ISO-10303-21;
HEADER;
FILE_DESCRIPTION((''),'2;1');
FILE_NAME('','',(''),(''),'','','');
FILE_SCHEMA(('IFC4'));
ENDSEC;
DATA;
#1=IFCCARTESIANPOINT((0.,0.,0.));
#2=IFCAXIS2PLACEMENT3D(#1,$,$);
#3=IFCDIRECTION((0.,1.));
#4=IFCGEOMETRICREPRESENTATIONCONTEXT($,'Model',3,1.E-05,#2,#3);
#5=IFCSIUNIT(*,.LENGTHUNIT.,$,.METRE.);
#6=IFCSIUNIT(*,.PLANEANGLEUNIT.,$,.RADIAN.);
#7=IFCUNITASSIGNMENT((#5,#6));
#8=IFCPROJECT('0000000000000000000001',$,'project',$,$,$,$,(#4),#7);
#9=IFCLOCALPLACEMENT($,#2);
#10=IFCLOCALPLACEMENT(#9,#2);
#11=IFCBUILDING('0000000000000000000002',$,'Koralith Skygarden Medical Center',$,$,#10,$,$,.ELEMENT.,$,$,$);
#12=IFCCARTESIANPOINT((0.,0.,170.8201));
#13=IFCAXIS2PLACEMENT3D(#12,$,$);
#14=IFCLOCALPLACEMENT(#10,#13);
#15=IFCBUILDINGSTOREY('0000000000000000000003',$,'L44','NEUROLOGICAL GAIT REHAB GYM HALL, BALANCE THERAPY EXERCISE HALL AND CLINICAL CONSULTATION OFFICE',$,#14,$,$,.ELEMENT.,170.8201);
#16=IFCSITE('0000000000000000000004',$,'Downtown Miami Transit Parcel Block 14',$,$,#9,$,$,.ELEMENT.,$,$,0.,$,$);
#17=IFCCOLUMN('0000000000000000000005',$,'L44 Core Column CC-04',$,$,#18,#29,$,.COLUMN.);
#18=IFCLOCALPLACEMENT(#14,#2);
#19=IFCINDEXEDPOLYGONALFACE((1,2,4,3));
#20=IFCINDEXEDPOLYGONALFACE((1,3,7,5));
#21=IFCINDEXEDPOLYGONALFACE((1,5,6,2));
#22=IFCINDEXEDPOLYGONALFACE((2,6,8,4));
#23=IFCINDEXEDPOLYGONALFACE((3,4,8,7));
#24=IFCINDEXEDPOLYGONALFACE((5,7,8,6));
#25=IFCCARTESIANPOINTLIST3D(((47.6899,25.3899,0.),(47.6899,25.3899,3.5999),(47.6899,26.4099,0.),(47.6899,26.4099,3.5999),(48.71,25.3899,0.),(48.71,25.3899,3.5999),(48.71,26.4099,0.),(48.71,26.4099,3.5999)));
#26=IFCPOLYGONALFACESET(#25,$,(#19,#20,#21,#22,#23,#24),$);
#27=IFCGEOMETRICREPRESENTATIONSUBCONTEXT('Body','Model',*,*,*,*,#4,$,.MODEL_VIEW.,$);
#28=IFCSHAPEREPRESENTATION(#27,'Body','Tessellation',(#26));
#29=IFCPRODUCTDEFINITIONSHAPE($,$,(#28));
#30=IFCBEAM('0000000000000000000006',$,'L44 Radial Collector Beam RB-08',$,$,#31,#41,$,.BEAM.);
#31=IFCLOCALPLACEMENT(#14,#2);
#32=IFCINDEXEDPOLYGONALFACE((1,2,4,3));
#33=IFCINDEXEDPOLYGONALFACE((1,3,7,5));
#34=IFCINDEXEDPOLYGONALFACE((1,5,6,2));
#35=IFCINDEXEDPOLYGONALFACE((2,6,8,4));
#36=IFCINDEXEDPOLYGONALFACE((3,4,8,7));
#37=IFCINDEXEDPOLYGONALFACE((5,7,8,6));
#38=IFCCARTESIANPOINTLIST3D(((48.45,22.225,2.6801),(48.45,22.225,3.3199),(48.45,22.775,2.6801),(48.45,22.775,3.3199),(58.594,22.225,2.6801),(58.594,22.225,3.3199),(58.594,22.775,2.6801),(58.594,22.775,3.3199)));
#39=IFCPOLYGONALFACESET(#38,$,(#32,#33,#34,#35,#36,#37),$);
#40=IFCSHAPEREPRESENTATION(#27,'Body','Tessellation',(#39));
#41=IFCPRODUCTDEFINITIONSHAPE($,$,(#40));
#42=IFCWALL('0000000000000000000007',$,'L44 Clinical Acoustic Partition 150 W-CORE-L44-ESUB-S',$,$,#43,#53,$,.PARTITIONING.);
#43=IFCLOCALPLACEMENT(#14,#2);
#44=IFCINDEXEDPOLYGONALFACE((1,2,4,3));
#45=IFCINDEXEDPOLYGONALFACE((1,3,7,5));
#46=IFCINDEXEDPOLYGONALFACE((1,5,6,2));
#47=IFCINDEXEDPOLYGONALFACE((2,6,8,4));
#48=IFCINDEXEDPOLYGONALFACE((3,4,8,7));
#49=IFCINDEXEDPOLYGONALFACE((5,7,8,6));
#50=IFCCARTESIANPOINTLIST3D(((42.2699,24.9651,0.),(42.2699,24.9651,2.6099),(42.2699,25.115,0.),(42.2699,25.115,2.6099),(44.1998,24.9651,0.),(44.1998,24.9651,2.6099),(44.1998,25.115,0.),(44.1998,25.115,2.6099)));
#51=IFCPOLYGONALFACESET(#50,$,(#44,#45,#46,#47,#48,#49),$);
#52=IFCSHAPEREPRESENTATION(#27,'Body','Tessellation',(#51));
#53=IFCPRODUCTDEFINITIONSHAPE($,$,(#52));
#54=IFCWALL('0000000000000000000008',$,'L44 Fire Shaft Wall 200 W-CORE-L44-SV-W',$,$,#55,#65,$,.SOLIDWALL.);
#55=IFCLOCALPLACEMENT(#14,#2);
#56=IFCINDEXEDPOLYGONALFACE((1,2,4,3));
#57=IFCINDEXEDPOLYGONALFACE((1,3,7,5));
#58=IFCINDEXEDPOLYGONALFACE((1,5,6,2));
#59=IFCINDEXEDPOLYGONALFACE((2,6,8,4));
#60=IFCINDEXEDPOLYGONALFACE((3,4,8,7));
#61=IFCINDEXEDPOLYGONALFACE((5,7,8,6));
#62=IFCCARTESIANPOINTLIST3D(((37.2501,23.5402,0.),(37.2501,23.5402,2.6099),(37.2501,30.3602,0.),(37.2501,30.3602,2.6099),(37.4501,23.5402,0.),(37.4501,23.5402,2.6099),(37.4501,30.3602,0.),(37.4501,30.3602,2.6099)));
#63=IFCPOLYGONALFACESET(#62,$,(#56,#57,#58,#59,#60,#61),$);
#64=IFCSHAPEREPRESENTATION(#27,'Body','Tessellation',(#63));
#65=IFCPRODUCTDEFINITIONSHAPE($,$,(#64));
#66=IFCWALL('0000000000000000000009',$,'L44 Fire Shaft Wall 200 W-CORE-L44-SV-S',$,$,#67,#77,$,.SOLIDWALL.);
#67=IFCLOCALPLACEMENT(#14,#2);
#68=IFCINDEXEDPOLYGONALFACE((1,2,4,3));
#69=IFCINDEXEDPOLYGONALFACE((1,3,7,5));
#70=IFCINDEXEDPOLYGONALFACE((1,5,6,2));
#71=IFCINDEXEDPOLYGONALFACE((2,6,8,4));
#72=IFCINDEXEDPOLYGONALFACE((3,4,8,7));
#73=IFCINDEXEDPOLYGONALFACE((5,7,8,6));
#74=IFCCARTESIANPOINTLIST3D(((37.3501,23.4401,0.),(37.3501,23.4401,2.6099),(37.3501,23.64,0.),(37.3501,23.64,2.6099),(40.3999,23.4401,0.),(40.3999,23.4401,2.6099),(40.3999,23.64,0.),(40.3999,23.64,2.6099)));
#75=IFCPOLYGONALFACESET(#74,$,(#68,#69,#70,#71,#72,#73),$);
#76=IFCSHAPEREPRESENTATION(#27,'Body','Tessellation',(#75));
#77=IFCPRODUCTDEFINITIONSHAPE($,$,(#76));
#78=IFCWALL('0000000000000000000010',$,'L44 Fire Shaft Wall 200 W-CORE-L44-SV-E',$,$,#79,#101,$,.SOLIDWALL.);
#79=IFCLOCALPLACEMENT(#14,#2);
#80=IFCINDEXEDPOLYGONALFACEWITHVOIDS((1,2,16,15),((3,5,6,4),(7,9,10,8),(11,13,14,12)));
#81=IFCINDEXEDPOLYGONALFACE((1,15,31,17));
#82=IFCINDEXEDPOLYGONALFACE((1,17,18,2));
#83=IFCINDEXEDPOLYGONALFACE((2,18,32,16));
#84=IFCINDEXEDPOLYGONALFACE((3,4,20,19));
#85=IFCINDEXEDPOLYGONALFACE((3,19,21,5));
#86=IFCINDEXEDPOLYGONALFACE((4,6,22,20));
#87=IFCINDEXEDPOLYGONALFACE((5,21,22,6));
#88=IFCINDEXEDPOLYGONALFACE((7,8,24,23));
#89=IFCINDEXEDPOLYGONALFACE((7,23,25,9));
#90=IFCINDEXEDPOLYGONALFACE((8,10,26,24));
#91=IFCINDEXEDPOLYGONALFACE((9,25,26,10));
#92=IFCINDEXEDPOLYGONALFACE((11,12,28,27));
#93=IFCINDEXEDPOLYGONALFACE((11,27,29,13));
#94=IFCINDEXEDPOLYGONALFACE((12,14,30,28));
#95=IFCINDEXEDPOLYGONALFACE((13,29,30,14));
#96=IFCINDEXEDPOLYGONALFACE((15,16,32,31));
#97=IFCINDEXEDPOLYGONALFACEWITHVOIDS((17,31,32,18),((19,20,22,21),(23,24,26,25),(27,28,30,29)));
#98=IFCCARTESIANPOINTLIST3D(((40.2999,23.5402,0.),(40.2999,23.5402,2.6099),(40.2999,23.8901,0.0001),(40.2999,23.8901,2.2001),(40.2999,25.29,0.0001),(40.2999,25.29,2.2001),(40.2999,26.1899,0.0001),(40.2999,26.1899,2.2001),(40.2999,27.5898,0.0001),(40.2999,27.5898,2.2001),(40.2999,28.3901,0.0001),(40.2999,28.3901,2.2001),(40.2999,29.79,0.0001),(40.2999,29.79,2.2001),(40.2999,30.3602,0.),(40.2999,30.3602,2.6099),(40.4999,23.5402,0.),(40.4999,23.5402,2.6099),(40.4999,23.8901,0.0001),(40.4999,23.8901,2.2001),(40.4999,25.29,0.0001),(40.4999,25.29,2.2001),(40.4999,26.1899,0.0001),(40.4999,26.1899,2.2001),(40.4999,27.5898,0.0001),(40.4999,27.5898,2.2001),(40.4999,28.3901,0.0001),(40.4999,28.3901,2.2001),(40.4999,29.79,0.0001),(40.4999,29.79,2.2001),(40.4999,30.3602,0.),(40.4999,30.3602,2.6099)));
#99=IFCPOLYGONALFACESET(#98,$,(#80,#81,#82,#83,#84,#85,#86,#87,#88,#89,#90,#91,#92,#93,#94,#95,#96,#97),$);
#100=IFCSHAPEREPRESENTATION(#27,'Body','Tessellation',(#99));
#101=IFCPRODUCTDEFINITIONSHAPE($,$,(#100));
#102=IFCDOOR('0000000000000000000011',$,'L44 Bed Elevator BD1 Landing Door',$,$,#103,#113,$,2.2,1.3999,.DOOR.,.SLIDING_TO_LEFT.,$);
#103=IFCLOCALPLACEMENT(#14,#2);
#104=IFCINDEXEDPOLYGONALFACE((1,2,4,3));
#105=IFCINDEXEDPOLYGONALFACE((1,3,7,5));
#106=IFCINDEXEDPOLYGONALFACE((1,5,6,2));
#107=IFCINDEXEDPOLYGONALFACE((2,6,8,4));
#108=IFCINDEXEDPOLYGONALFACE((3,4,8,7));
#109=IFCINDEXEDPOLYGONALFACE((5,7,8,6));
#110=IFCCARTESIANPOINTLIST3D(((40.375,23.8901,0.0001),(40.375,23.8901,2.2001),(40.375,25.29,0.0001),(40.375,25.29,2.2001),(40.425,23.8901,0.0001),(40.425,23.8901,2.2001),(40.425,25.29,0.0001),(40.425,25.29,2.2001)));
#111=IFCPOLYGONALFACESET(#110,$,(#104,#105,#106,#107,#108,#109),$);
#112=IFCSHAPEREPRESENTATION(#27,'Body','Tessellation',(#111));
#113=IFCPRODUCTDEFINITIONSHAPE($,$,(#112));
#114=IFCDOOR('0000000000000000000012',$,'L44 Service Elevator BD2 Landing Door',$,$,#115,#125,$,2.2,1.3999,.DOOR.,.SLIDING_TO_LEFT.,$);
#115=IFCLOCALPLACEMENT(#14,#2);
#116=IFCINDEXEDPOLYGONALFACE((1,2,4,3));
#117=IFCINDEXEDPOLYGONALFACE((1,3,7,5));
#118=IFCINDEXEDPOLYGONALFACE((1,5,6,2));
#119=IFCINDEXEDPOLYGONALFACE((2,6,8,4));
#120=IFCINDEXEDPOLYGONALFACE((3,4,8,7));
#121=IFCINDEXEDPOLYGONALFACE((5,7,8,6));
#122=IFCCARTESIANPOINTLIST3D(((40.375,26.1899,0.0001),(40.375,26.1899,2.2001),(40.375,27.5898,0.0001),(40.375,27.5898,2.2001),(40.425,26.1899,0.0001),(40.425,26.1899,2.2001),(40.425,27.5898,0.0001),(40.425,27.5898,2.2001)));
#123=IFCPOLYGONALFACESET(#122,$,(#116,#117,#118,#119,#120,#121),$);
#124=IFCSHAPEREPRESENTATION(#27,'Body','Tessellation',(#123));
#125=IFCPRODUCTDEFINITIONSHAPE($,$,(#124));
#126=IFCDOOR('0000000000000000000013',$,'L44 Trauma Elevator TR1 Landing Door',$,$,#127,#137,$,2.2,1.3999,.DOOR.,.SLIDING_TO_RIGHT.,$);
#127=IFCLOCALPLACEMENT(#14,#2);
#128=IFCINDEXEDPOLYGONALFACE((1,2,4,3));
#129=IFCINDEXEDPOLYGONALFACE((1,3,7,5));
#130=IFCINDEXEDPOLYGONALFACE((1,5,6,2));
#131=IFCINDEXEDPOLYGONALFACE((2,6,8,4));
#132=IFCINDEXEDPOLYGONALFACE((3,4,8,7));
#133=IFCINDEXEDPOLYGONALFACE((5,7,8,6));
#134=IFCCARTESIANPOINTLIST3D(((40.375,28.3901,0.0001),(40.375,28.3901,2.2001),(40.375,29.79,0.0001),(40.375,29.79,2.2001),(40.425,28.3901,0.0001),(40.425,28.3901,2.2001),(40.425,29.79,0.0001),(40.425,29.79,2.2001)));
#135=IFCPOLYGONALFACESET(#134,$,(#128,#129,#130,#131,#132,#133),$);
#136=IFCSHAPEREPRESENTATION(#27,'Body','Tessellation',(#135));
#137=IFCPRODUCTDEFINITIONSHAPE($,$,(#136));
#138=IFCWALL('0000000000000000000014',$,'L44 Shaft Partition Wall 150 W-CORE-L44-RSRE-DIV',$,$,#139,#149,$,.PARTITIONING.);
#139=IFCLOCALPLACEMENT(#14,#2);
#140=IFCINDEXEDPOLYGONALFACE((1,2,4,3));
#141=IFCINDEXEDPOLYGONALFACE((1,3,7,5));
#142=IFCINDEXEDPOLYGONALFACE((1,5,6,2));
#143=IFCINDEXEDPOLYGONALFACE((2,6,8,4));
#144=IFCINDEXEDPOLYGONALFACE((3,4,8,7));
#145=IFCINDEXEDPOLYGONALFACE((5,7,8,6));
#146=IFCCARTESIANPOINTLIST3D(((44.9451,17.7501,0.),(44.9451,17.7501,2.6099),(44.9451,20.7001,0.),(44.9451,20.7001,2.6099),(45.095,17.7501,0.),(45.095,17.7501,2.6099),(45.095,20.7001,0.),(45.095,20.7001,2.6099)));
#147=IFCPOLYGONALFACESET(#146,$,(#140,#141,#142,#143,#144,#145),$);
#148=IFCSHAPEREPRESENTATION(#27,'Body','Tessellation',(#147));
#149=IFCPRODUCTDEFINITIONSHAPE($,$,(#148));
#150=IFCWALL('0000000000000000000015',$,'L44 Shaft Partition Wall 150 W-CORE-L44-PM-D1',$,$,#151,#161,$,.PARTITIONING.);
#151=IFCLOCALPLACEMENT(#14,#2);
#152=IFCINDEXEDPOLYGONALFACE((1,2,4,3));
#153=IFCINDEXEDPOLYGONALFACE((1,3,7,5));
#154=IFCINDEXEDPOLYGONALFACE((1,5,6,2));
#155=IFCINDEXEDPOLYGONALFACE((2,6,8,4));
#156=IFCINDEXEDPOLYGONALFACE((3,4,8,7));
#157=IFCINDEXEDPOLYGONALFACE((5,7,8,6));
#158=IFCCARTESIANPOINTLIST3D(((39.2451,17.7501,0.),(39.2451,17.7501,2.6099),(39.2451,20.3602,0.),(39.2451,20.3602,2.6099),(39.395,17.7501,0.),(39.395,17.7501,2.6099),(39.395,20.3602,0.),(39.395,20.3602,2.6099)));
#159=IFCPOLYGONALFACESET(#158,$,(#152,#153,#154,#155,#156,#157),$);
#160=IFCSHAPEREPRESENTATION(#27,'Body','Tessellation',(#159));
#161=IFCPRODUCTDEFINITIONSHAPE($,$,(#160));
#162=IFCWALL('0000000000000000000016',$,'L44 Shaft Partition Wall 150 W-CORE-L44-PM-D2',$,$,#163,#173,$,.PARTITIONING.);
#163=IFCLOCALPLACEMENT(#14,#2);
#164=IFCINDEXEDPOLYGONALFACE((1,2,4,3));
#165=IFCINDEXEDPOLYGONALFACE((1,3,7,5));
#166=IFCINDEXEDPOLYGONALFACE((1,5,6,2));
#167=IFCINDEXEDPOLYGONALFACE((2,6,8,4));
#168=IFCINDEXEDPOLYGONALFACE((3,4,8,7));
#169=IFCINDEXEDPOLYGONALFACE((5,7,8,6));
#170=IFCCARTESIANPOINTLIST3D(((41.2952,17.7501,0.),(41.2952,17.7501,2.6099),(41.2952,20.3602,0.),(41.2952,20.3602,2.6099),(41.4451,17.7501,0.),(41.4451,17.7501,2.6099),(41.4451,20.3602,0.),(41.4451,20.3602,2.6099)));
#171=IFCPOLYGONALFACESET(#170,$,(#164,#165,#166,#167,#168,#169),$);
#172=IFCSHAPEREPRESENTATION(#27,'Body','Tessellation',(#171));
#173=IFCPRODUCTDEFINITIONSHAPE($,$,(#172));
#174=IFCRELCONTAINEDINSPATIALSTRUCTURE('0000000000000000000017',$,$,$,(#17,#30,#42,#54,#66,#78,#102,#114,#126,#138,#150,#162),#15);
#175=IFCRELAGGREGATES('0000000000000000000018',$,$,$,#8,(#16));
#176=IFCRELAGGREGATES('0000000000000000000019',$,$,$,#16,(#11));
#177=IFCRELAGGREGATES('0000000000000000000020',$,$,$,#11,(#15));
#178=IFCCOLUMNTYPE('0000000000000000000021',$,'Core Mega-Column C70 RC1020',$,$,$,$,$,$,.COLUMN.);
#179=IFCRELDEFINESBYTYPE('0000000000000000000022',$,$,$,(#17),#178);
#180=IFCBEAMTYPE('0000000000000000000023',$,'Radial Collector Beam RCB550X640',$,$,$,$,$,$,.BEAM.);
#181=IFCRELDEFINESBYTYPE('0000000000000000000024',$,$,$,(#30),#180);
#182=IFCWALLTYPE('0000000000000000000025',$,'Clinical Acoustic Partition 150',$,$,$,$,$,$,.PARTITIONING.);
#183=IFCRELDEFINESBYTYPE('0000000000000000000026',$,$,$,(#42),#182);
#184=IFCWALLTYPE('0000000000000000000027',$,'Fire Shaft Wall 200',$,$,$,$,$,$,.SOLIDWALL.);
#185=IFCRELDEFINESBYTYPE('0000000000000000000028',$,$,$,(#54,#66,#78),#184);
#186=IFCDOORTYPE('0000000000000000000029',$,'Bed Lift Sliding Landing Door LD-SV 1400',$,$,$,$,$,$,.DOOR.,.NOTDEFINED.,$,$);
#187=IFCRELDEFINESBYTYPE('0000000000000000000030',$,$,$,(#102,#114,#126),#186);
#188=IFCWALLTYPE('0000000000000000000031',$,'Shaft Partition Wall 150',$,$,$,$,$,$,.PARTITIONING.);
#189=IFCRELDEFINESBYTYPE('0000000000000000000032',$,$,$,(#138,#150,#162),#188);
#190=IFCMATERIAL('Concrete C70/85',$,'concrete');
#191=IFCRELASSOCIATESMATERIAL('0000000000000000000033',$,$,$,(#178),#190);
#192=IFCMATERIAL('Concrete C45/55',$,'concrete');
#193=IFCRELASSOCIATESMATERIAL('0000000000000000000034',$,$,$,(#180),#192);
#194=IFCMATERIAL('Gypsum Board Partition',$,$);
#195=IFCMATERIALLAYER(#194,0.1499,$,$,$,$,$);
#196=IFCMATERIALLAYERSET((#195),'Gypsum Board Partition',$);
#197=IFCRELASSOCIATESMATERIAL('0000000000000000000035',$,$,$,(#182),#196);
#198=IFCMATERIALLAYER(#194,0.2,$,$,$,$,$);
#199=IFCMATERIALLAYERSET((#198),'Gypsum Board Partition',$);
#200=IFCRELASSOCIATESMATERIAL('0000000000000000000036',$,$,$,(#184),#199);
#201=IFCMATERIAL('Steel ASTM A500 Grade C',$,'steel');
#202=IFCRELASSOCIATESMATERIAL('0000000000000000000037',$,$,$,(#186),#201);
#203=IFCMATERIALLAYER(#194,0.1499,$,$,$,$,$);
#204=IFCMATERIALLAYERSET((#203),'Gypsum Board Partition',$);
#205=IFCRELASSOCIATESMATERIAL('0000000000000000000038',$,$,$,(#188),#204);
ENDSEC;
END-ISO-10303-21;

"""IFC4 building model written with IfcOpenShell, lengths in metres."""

from ifc_helpers import new_model, si_unit, direction, frame, frame_2d, origin, origin_2d, place, context, subcontext, project, spatial, rectangle, extrude, material, layer, layer_set, material_profile, profile_set, type_object, element, fill, save


model = new_model("IFC4")

# Units and contexts
model_context = context("Model", 3, precision=1e-05, world=origin(), true_north=direction((0.0, 1.0)))
body_context = subcontext(model_context, "Body", "Model", "MODEL_VIEW")
ifc_project = project(units=[si_unit("LENGTHUNIT", "METRE"), si_unit("PLANEANGLEUNIT", "RADIAN")], contexts=[model_context])

# Site, building, storey
site_placement = place(None, origin())
site = spatial("IfcSite", under=ifc_project, at=site_placement, Name="Downtown Miami Transit Parcel Block 14", CompositionType="ELEMENT", RefElevation=0.0)
building_placement = place(site_placement, origin())
building = spatial("IfcBuilding", under=site, at=building_placement, Name="Koralith Skygarden Medical Center", CompositionType="ELEMENT")
storey_placement = place(building_placement, frame((0.0, 0.0, 170.8201)))
storey = spatial("IfcBuildingStorey", under=building, at=storey_placement, Name="L44", Description="NEUROLOGICAL GAIT REHAB GYM HALL, BALANCE THERAPY EXERCISE HALL AND CLINICAL CONSULTATION OFFICE", CompositionType="ELEMENT", Elevation=170.8201)

# Column
ifc_material_1 = material(Name="Concrete C70/85", Category="concrete")
ifc_material_profile_1 = material_profile(ifc_material_1, rectangle(XDim=1.02, YDim=1.02, at=origin_2d()), Name="RC1020X1020")
ifc_profile_set_1 = profile_set([ifc_material_profile_1], Name="Concrete C70/85")
column_type = type_object("IfcColumnType", Name="Core Mega-Column C70 RC1020", PredefinedType="COLUMN", material=ifc_profile_set_1)
column_placement = place(storey_placement, frame((48.2, 25.8999, 0.0), z_axis=(0.0, 0.0, 1.0), x_axis=(1.0, 0.0, 0.0)))
element("IfcColumn", 1, at=column_placement, inside=storey, type_object=column_type, Name="L44 Core Column CC-04", PredefinedType="COLUMN", context=body_context, shape_type="SweptSolid", body=[
    extrude(rectangle(XDim=1.02, YDim=1.02, at=origin_2d()), origin(), (0.0, 0.0, 1.0), 3.5999),
])

# Beam
ifc_material_2 = material(Name="Concrete C45/55", Category="concrete")
ifc_material_profile_2 = material_profile(ifc_material_2, rectangle(XDim=0.55, YDim=0.6399, at=origin_2d()), Name="RCB550X640")
ifc_profile_set_2 = profile_set([ifc_material_profile_2], Name="Concrete C45/55")
beam_type = type_object("IfcBeamType", Name="Radial Collector Beam RCB550X640", PredefinedType="BEAM", material=ifc_profile_set_2)
beam_placement = place(storey_placement, frame((48.45, 22.5, 3.0), z_axis=(1.0, 0.0, 0.0), x_axis=(0.0, 1.0, 0.0)))
element("IfcBeam", 2, at=beam_placement, inside=storey, type_object=beam_type, Name="L44 Radial Collector Beam RB-08", PredefinedType="BEAM", context=body_context, shape_type="SweptSolid", body=[
    extrude(rectangle(XDim=0.55, YDim=0.6399, at=origin_2d()), origin(), (0.0, 0.0, 1.0), 10.144),
])

# Shared definitions
ifc_material_3 = material(Name="Gypsum Board Partition")
ifc_layer_1 = layer(ifc_material_3, 0.1499)
ifc_layer_set_1 = layer_set([ifc_layer_1], Name="Gypsum Board Partition")
wall_type_1 = type_object("IfcWallType", Name="Clinical Acoustic Partition 150", PredefinedType="PARTITIONING", material=ifc_layer_set_1)

# Wall
wall_1_placement = place(storey_placement, frame((42.27, 25.04, 0.0), z_axis=(0.0, 0.0, 1.0), x_axis=(1.0, 0.0, 0.0)))
element("IfcWall", 3, at=wall_1_placement, inside=storey, type_object=wall_type_1, Name="L44 Clinical Acoustic Partition 150 W-CORE-L44-ESUB-S", PredefinedType="PARTITIONING", context=body_context, shape_type="SweptSolid", body=[
    extrude(rectangle(XDim=1.9299, YDim=0.1499, at=frame_2d((0.9648, 0.0))), origin(), (0.0, 0.0, 1.0), 2.6099),
])

# Shared definitions
ifc_layer_2 = layer(ifc_material_3, 0.2)
ifc_layer_set_2 = layer_set([ifc_layer_2], Name="Gypsum Board Partition")
wall_type_2 = type_object("IfcWallType", Name="Fire Shaft Wall 200", PredefinedType="SOLIDWALL", material=ifc_layer_set_2)
ifc_material_4 = material(Name="Steel ASTM A500 Grade C", Category="steel")

# Walls
wall_2_placement = place(storey_placement, frame((37.3501, 23.54, 0.0), z_axis=(0.0, 0.0, 1.0), x_axis=(0.0, 1.0, 0.0)))
element("IfcWall", 4, at=wall_2_placement, inside=storey, type_object=wall_type_2, Name="L44 Fire Shaft Wall 200 W-CORE-L44-SV-W", PredefinedType="SOLIDWALL", context=body_context, shape_type="SweptSolid", body=[
    extrude(rectangle(XDim=6.8201, YDim=0.2, at=frame_2d((3.4102, 0.0))), origin(), (0.0, 0.0, 1.0), 2.6099),
])
wall_3_placement = place(storey_placement, frame((37.3501, 23.54, 0.0), z_axis=(0.0, 0.0, 1.0), x_axis=(1.0, 0.0, 0.0)))
element("IfcWall", 5, at=wall_3_placement, inside=storey, type_object=wall_type_2, Name="L44 Fire Shaft Wall 200 W-CORE-L44-SV-S", PredefinedType="SOLIDWALL", context=body_context, shape_type="SweptSolid", body=[
    extrude(rectangle(XDim=3.0498, YDim=0.2, at=frame_2d((1.5249, 0.0))), origin(), (0.0, 0.0, 1.0), 2.6099),
])

# Wall, openings, doors
wall_4_placement = place(storey_placement, frame((40.3999, 23.54, 0.0), z_axis=(0.0, 0.0, 1.0), x_axis=(0.0, 1.0, 0.0)))
wall_4 = element("IfcWall", 6, at=wall_4_placement, inside=storey, type_object=wall_type_2, Name="L44 Fire Shaft Wall 200 W-CORE-L44-SV-E", PredefinedType="SOLIDWALL", context=body_context, shape_type="SweptSolid", body=[
    extrude(rectangle(XDim=6.8201, YDim=0.2, at=frame_2d((3.4102, 0.0))), origin(), (0.0, 0.0, 1.0), 2.6099),
])
opening_1_placement = place(wall_4_placement, frame((0.3501, 0.0, 0.0)))
opening_1 = element("IfcOpeningElement", 7, at=opening_1_placement, cuts=wall_4, PredefinedType="OPENING", context=body_context, shape_type="SweptSolid", body=[
    extrude(rectangle(XDim=1.3999, YDim=2.2, at=frame_2d((0.7, 1.1001))), frame((0.0, 0.1099, 0.0), z_axis=(0.0, -1.0, 0.0), x_axis=(1.0, 0.0, 0.0)), (0.0, 0.0, 1.0), 0.22),
])
opening_2_placement = place(wall_4_placement, frame((2.6499, 0.0, 0.0)))
opening_2 = element("IfcOpeningElement", 8, at=opening_2_placement, cuts=wall_4, PredefinedType="OPENING", context=body_context, shape_type="SweptSolid", body=[
    extrude(rectangle(XDim=1.3999, YDim=2.2, at=frame_2d((0.7, 1.1001))), frame((0.0, 0.1099, 0.0), z_axis=(0.0, -1.0, 0.0), x_axis=(1.0, 0.0, 0.0)), (0.0, 0.0, 1.0), 0.22),
])
opening_3_placement = place(wall_4_placement, frame((4.8501, 0.0, 0.0)))
opening_3 = element("IfcOpeningElement", 9, at=opening_3_placement, cuts=wall_4, PredefinedType="OPENING", context=body_context, shape_type="SweptSolid", body=[
    extrude(rectangle(XDim=1.3999, YDim=2.2, at=frame_2d((0.7, 1.1001))), frame((0.0, 0.1099, 0.0), z_axis=(0.0, -1.0, 0.0), x_axis=(1.0, 0.0, 0.0)), (0.0, 0.0, 1.0), 0.22),
])
door_type_1 = type_object("IfcDoorType", Name="Bed Lift Sliding Landing Door LD-SV 1400", OperationType="NOTDEFINED", PredefinedType="DOOR", material=ifc_material_4)
door_1_placement = place(opening_1_placement, origin())
door_1 = element("IfcDoor", 10, at=door_1_placement, inside=storey, type_object=door_type_1, Name="L44 Bed Elevator BD1 Landing Door", OperationType="SLIDING_TO_LEFT", OverallHeight=2.2, OverallWidth=1.3999, PredefinedType="DOOR", context=body_context, shape_type="SweptSolid", body=[
    extrude(rectangle(XDim=1.3999, YDim=2.2, at=frame_2d((0.7, 1.1001))), frame((0.0, 0.0249, 0.0), z_axis=(0.0, -1.0, 0.0), x_axis=(1.0, 0.0, 0.0)), (0.0, 0.0, 1.0), 0.05),
])
fill(opening_1, door_1)
door_2_placement = place(opening_2_placement, origin())
door_2 = element("IfcDoor", 11, at=door_2_placement, inside=storey, type_object=door_type_1, Name="L44 Service Elevator BD2 Landing Door", OperationType="SLIDING_TO_LEFT", OverallHeight=2.2, OverallWidth=1.3999, PredefinedType="DOOR", context=body_context, shape_type="SweptSolid", body=[
    extrude(rectangle(XDim=1.3999, YDim=2.2, at=frame_2d((0.7, 1.1001))), frame((0.0, 0.0249, 0.0), z_axis=(0.0, -1.0, 0.0), x_axis=(1.0, 0.0, 0.0)), (0.0, 0.0, 1.0), 0.05),
])
fill(opening_2, door_2)
door_3_placement = place(opening_3_placement, origin())
door_3 = element("IfcDoor", 12, at=door_3_placement, inside=storey, type_object=door_type_1, Name="L44 Trauma Elevator TR1 Landing Door", OperationType="SLIDING_TO_RIGHT", OverallHeight=2.2, OverallWidth=1.3999, PredefinedType="DOOR", context=body_context, shape_type="SweptSolid", body=[
    extrude(rectangle(XDim=1.3999, YDim=2.2, at=frame_2d((0.7, 1.1001))), frame((0.0, 0.0249, 0.0), z_axis=(0.0, -1.0, 0.0), x_axis=(1.0, 0.0, 0.0)), (0.0, 0.0, 1.0), 0.05),
])
fill(opening_3, door_3)

# Walls
ifc_layer_3 = layer(ifc_material_3, 0.1499)
ifc_layer_set_3 = layer_set([ifc_layer_3], Name="Gypsum Board Partition")
wall_type_3 = type_object("IfcWallType", Name="Shaft Partition Wall 150", PredefinedType="PARTITIONING", material=ifc_layer_set_3)
wall_5_placement = place(storey_placement, frame((45.02, 17.75, 0.0), z_axis=(0.0, 0.0, 1.0), x_axis=(0.0, 1.0, 0.0)))
element("IfcWall", 13, at=wall_5_placement, inside=storey, type_object=wall_type_3, Name="L44 Shaft Partition Wall 150 W-CORE-L44-RSRE-DIV", PredefinedType="PARTITIONING", context=body_context, shape_type="SweptSolid", body=[
    extrude(rectangle(XDim=2.95, YDim=0.1499, at=frame_2d((1.4751, 0.0))), origin(), (0.0, 0.0, 1.0), 2.6099),
])
for number, where, z_axis, x_axis, name in (
    (14, (39.3201, 17.75, 0.0), (0.0, 0.0, 1.0), (0.0, 1.0, 0.0), "L44 Shaft Partition Wall 150 W-CORE-L44-PM-D1"),
    (15, (41.3701, 17.75, 0.0), (0.0, 0.0, 1.0), (0.0, 1.0, 0.0), "L44 Shaft Partition Wall 150 W-CORE-L44-PM-D2"),
):
    element("IfcWall", number, at=place(storey_placement, frame(where, z_axis=z_axis, x_axis=x_axis)), inside=storey, type_object=wall_type_3, Name=name, PredefinedType="PARTITIONING", context=body_context, shape_type="SweptSolid", body=[
        extrude(rectangle(XDim=2.6101, YDim=0.1499, at=frame_2d((1.3052, 0.0))), origin(), (0.0, 0.0, 1.0), 2.6099),
    ])

save(model, "model.ifc")
